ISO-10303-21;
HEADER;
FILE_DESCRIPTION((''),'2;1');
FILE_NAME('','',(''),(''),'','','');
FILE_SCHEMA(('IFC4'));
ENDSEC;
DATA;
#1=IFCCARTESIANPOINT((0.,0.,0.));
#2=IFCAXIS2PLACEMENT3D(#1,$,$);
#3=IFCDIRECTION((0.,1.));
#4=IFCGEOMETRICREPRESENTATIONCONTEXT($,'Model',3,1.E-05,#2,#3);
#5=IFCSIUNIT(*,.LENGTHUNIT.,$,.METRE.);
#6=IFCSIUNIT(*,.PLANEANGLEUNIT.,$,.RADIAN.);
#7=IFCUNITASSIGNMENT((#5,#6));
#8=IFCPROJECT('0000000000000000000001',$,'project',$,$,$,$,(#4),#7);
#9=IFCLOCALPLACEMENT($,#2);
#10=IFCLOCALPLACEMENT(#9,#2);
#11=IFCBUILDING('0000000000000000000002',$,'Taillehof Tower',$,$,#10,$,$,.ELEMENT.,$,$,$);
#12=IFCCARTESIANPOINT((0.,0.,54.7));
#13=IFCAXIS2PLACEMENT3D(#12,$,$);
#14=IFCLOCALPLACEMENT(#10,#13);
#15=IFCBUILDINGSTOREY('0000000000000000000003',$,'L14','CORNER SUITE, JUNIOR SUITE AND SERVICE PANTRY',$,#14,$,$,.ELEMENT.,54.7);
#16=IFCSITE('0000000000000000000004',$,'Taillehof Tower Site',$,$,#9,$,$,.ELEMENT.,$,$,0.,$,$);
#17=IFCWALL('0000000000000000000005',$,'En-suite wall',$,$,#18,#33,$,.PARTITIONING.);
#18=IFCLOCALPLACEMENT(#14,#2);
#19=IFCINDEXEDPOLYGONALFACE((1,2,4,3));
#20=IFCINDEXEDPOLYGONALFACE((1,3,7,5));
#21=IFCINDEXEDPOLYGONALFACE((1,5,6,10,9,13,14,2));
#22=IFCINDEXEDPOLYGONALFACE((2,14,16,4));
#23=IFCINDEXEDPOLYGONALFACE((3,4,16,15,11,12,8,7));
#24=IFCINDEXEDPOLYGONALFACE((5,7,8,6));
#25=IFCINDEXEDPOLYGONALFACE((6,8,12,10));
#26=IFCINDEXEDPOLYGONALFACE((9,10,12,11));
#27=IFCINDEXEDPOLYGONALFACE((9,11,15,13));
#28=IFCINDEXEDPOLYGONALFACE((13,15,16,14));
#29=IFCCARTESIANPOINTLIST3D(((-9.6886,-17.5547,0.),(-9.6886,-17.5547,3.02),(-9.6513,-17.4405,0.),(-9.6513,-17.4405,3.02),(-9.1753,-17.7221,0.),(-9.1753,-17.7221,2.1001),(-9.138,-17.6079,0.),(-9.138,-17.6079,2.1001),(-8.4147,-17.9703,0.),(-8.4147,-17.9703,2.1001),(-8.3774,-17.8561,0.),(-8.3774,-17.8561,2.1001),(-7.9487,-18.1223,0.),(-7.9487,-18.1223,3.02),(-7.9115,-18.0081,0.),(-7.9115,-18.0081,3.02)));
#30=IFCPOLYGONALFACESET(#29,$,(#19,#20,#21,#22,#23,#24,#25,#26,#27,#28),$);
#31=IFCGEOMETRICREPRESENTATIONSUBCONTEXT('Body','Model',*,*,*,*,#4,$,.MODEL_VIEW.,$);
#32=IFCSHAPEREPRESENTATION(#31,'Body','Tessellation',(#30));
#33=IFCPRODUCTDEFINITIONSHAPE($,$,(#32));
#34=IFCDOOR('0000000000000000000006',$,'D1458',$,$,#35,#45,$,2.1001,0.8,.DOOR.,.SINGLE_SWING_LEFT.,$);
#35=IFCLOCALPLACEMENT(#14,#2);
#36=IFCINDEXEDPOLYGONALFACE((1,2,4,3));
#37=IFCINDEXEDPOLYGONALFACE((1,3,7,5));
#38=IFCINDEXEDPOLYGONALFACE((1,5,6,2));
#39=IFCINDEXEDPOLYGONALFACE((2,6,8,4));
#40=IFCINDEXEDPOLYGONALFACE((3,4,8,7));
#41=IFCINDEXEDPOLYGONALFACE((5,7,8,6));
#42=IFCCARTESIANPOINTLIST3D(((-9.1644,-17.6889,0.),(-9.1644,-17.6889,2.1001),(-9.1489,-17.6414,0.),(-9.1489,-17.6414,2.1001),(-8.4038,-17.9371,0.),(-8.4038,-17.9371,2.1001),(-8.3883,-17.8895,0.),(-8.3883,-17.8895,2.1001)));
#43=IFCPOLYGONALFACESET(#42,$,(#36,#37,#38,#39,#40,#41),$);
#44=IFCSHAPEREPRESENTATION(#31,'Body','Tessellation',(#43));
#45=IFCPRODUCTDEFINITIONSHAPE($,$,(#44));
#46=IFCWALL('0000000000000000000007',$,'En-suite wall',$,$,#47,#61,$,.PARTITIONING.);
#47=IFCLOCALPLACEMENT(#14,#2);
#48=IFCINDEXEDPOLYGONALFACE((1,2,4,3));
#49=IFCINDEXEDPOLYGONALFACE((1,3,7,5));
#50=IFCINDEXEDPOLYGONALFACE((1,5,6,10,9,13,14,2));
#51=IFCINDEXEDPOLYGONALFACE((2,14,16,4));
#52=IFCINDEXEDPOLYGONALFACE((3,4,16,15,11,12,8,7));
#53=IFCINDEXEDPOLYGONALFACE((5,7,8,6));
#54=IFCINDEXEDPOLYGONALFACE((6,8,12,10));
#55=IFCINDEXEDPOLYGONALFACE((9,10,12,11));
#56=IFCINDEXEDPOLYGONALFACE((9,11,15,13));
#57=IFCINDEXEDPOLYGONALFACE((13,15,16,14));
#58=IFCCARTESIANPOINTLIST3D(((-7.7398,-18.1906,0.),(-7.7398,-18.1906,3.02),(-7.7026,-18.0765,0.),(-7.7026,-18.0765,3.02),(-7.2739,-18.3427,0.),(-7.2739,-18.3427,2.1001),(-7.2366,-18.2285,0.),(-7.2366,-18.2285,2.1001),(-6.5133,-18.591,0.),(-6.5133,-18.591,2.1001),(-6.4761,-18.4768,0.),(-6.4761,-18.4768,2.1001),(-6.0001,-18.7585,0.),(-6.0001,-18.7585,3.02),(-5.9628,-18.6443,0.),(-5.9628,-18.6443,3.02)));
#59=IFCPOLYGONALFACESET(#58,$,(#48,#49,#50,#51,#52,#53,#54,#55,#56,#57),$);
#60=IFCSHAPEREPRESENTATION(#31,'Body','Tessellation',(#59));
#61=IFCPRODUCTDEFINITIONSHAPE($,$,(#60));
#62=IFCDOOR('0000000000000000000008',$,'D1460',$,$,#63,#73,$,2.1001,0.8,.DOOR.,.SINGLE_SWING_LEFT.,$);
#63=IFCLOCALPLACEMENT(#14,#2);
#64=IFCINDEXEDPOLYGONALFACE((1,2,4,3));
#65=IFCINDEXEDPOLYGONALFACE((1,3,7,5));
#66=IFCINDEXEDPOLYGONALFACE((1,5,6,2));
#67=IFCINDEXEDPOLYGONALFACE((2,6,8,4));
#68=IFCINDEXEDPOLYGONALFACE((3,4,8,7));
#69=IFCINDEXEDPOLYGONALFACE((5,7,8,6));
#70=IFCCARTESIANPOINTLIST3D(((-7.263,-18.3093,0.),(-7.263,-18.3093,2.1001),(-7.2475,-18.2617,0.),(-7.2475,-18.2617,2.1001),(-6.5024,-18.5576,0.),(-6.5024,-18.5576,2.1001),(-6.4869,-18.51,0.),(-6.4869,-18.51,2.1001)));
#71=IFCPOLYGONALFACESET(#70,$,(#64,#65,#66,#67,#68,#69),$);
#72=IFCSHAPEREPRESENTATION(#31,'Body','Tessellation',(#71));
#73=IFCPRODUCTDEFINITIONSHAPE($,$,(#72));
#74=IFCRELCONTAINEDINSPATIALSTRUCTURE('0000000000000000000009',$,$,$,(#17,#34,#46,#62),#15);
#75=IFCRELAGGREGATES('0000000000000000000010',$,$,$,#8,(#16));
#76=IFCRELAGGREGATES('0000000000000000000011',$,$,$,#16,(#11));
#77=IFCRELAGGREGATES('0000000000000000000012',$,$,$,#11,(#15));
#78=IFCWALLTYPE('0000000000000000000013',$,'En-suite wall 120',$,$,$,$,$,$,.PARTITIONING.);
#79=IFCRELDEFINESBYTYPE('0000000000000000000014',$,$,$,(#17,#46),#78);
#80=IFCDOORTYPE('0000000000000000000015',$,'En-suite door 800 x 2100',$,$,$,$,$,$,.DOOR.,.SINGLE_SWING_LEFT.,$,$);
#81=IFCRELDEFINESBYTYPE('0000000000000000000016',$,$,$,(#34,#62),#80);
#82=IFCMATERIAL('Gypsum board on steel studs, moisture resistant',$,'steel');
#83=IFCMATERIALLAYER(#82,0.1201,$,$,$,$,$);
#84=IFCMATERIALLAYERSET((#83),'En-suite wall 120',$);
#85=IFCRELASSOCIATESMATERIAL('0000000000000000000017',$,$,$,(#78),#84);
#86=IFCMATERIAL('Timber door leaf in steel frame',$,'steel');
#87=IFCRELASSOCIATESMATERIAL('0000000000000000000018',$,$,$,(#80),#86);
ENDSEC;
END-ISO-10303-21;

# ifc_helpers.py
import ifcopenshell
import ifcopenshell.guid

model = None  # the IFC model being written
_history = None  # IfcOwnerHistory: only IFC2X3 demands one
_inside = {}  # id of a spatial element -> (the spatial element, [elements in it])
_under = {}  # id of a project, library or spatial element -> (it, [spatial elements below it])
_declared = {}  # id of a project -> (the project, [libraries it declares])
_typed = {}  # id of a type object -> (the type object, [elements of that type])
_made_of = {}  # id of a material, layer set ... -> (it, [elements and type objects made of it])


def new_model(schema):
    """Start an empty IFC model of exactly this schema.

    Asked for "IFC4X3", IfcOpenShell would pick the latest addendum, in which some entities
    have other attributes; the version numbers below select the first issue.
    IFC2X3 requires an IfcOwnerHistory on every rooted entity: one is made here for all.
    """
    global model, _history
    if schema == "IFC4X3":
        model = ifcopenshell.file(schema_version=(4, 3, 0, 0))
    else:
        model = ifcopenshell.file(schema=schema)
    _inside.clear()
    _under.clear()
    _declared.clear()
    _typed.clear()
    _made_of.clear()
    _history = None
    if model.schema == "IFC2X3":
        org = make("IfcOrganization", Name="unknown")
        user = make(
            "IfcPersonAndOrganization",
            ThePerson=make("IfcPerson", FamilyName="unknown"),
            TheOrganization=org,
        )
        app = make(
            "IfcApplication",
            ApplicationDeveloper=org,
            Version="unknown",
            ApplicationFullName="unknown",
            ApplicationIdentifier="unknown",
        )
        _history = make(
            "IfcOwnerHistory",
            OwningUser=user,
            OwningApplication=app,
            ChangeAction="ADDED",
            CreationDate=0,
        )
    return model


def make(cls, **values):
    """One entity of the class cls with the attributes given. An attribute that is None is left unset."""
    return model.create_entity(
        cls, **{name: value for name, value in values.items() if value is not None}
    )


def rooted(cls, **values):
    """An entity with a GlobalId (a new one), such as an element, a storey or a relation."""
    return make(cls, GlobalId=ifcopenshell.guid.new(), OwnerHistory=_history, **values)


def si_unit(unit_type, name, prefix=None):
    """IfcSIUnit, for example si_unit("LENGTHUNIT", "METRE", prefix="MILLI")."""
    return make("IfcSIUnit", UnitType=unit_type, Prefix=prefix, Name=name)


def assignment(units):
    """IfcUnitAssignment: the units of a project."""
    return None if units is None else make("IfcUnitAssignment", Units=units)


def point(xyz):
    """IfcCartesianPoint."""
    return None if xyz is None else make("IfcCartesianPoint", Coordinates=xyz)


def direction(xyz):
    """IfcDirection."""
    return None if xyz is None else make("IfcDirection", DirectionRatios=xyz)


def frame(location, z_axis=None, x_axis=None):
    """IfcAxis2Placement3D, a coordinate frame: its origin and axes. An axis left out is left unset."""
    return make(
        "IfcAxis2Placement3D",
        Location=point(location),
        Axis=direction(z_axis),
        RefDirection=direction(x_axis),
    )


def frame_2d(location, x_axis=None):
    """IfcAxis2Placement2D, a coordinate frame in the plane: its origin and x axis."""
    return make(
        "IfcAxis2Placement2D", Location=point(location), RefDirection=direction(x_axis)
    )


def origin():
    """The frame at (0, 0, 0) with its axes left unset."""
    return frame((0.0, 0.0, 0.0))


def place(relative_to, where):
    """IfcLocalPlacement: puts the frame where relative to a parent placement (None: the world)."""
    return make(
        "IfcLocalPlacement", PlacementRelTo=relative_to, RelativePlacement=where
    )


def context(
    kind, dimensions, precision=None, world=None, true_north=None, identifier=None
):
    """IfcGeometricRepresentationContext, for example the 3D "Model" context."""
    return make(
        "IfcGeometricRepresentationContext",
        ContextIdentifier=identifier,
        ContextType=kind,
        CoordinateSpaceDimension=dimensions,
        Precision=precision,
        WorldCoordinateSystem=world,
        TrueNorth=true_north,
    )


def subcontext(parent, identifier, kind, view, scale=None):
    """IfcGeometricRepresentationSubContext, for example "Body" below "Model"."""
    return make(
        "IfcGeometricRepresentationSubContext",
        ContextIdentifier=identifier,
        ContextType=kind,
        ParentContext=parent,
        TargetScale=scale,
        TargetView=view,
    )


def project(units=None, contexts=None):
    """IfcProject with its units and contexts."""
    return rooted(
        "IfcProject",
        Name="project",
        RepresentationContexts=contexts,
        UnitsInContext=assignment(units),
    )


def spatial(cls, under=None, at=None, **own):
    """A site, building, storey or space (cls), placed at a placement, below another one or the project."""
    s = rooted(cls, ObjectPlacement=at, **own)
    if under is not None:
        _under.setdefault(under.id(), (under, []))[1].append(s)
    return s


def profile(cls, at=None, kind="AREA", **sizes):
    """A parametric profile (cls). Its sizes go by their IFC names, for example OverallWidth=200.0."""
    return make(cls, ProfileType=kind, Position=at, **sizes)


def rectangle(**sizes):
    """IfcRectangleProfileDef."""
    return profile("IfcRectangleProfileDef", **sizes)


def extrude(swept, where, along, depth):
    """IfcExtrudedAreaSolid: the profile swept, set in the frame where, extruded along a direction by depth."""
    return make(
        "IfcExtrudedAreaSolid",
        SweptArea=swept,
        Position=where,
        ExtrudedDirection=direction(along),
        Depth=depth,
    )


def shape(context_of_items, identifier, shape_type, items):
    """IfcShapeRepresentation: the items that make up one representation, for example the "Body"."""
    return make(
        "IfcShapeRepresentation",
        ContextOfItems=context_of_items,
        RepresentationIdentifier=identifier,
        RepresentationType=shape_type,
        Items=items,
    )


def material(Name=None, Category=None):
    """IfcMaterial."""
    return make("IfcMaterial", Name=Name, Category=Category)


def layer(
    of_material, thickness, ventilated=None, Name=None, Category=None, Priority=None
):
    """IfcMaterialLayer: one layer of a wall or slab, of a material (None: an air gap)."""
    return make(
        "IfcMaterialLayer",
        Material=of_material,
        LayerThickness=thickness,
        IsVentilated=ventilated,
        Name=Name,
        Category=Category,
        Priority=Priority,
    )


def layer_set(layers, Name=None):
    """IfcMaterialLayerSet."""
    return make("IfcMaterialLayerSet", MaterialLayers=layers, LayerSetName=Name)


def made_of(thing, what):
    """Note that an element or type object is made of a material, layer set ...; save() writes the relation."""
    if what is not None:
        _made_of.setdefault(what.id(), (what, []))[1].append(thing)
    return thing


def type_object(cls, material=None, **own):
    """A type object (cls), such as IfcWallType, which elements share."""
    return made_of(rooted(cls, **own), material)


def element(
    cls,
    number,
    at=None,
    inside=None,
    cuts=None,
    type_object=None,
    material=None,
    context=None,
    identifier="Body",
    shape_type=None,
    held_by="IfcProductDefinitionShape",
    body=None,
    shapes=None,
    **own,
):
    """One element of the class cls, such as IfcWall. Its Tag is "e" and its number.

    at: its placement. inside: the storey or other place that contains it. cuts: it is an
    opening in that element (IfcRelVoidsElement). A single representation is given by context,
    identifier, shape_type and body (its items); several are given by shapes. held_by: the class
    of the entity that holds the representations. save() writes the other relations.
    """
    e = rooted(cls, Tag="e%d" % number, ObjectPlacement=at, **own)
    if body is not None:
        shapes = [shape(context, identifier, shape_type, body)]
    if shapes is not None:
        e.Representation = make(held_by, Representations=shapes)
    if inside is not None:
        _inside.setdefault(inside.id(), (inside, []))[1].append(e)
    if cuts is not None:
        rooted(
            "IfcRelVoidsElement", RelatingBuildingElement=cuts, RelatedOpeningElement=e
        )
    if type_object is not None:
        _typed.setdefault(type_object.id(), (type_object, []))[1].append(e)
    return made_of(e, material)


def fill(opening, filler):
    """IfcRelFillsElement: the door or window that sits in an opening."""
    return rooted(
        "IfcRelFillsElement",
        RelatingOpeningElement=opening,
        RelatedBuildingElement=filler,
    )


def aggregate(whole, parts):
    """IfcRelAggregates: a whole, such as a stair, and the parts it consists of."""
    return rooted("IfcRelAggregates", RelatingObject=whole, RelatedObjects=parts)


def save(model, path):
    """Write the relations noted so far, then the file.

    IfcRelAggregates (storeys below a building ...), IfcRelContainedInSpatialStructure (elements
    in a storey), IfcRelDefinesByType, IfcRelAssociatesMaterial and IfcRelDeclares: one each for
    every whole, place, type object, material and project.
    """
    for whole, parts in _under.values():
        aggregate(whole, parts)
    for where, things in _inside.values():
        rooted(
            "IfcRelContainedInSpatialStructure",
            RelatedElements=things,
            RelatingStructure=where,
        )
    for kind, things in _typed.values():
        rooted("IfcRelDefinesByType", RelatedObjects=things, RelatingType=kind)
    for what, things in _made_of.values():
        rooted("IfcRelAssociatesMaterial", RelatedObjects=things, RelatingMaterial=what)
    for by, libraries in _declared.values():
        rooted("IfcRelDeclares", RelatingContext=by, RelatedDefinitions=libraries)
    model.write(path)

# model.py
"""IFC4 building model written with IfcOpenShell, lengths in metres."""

from ifc_helpers import new_model, si_unit, direction, frame, frame_2d, origin, place, context, subcontext, project, spatial, rectangle, extrude, material, layer, layer_set, type_object, element, fill, save


model = new_model("IFC4")

# Units and contexts
model_context = context("Model", 3, precision=1e-05, world=origin(), true_north=direction((0.0, 1.0)))
body_context = subcontext(model_context, "Body", "Model", "MODEL_VIEW")
ifc_project = project(units=[si_unit("LENGTHUNIT", "METRE"), si_unit("PLANEANGLEUNIT", "RADIAN")], contexts=[model_context])

# Site, building, storey
site_placement = place(None, origin())
site = spatial("IfcSite", under=ifc_project, at=site_placement, Name="Taillehof Tower Site", CompositionType="ELEMENT", RefElevation=0.0)
building_placement = place(site_placement, origin())
building = spatial("IfcBuilding", under=site, at=building_placement, Name="Taillehof Tower", CompositionType="ELEMENT")
storey_placement = place(building_placement, frame((0.0, 0.0, 54.7)))
storey = spatial("IfcBuildingStorey", under=building, at=storey_placement, Name="L14", Description="CORNER SUITE, JUNIOR SUITE AND SERVICE PANTRY", CompositionType="ELEMENT", Elevation=54.7)

# Shared definitions
ifc_material_1 = material(Name="Gypsum board on steel studs, moisture resistant", Category="steel")
ifc_layer_1 = layer(ifc_material_1, 0.1201)
ifc_layer_set_1 = layer_set([ifc_layer_1], Name="En-suite wall 120")
wall_type_1 = type_object("IfcWallType", Name="En-suite wall 120", PredefinedType="PARTITIONING", material=ifc_layer_set_1)

# Walls, openings, doors
wall_1_placement = place(storey_placement, frame((-9.6699, -17.4976, 0.0), z_axis=(0.0, 0.0, 1.0), x_axis=(0.950679, -0.310178, 0.0)))
wall_1 = element("IfcWall", 1, at=wall_1_placement, inside=storey, type_object=wall_type_1, Name="En-suite wall", PredefinedType="PARTITIONING", context=body_context, shape_type="SweptSolid", body=[
    extrude(rectangle(XDim=1.8301, YDim=0.1201, at=frame_2d((0.915, 0.0))), origin(), (0.0, 0.0, 1.0), 3.02),
])
opening_1_placement = place(wall_1_placement, frame((0.54, 0.0, 0.0)))
opening_1 = element("IfcOpeningElement", 2, at=opening_1_placement, cuts=wall_1, PredefinedType="OPENING", context=body_context, shape_type="SweptSolid", body=[
    extrude(rectangle(XDim=0.8, YDim=2.1001, at=frame_2d((0.3999, 1.05))), frame((0.0, 0.0701, 0.0), z_axis=(0.0, -1.0, 0.0), x_axis=(1.0, 0.0, 0.0)), (0.0, 0.0, 1.0), 0.1401),
])
ifc_material_2 = material(Name="Timber door leaf in steel frame", Category="steel")
door_type_1 = type_object("IfcDoorType", Name="En-suite door 800 x 2100", OperationType="SINGLE_SWING_LEFT", PredefinedType="DOOR", material=ifc_material_2)
door_1_placement = place(opening_1_placement, origin())
door_1 = element("IfcDoor", 3, at=door_1_placement, inside=storey, type_object=door_type_1, Name="D1458", OperationType="SINGLE_SWING_LEFT", OverallHeight=2.1001, OverallWidth=0.8, PredefinedType="DOOR", context=body_context, shape_type="SweptSolid", body=[
    extrude(rectangle(XDim=0.8, YDim=2.1001, at=frame_2d((0.3999, 1.05))), frame((0.0, 0.0249, 0.0), z_axis=(0.0, -1.0, 0.0), x_axis=(1.0, 0.0, 0.0)), (0.0, 0.0, 1.0), 0.05),
])
fill(opening_1, door_1)
wall_2_placement = place(storey_placement, frame((-5.9814, -18.7014, 0.0), z_axis=(0.0, 0.0, 1.0), x_axis=(-0.950639, 0.310298, 0.0)))
wall_2 = element("IfcWall", 4, at=wall_2_placement, inside=storey, type_object=wall_type_1, Name="En-suite wall", PredefinedType="PARTITIONING", context=body_context, shape_type="SweptSolid", body=[
    extrude(rectangle(XDim=1.8301, YDim=0.1201, at=frame_2d((0.915, 0.0))), origin(), (0.0, 0.0, 1.0), 3.02),
])
opening_2_placement = place(wall_2_placement, frame((0.54, 0.0, 0.0)))
opening_2 = element("IfcOpeningElement", 5, at=opening_2_placement, cuts=wall_2, PredefinedType="OPENING", context=body_context, shape_type="SweptSolid", body=[
    extrude(rectangle(XDim=0.8, YDim=2.1001, at=frame_2d((0.3999, 1.05))), frame((0.0, 0.0701, 0.0), z_axis=(0.0, -1.0, 0.0), x_axis=(1.0, 0.0, 0.0)), (0.0, 0.0, 1.0), 0.1401),
])
door_2_placement = place(opening_2_placement, origin())
door_2 = element("IfcDoor", 6, at=door_2_placement, inside=storey, type_object=door_type_1, Name="D1460", OperationType="SINGLE_SWING_LEFT", OverallHeight=2.1001, OverallWidth=0.8, PredefinedType="DOOR", context=body_context, shape_type="SweptSolid", body=[
    extrude(rectangle(XDim=0.8, YDim=2.1001, at=frame_2d((0.3999, 1.05))), frame((0.0, 0.0249, 0.0), z_axis=(0.0, -1.0, 0.0), x_axis=(1.0, 0.0, 0.0)), (0.0, 0.0, 1.0), 0.05),
])
fill(opening_2, door_2)

save(model, "model.ifc")
